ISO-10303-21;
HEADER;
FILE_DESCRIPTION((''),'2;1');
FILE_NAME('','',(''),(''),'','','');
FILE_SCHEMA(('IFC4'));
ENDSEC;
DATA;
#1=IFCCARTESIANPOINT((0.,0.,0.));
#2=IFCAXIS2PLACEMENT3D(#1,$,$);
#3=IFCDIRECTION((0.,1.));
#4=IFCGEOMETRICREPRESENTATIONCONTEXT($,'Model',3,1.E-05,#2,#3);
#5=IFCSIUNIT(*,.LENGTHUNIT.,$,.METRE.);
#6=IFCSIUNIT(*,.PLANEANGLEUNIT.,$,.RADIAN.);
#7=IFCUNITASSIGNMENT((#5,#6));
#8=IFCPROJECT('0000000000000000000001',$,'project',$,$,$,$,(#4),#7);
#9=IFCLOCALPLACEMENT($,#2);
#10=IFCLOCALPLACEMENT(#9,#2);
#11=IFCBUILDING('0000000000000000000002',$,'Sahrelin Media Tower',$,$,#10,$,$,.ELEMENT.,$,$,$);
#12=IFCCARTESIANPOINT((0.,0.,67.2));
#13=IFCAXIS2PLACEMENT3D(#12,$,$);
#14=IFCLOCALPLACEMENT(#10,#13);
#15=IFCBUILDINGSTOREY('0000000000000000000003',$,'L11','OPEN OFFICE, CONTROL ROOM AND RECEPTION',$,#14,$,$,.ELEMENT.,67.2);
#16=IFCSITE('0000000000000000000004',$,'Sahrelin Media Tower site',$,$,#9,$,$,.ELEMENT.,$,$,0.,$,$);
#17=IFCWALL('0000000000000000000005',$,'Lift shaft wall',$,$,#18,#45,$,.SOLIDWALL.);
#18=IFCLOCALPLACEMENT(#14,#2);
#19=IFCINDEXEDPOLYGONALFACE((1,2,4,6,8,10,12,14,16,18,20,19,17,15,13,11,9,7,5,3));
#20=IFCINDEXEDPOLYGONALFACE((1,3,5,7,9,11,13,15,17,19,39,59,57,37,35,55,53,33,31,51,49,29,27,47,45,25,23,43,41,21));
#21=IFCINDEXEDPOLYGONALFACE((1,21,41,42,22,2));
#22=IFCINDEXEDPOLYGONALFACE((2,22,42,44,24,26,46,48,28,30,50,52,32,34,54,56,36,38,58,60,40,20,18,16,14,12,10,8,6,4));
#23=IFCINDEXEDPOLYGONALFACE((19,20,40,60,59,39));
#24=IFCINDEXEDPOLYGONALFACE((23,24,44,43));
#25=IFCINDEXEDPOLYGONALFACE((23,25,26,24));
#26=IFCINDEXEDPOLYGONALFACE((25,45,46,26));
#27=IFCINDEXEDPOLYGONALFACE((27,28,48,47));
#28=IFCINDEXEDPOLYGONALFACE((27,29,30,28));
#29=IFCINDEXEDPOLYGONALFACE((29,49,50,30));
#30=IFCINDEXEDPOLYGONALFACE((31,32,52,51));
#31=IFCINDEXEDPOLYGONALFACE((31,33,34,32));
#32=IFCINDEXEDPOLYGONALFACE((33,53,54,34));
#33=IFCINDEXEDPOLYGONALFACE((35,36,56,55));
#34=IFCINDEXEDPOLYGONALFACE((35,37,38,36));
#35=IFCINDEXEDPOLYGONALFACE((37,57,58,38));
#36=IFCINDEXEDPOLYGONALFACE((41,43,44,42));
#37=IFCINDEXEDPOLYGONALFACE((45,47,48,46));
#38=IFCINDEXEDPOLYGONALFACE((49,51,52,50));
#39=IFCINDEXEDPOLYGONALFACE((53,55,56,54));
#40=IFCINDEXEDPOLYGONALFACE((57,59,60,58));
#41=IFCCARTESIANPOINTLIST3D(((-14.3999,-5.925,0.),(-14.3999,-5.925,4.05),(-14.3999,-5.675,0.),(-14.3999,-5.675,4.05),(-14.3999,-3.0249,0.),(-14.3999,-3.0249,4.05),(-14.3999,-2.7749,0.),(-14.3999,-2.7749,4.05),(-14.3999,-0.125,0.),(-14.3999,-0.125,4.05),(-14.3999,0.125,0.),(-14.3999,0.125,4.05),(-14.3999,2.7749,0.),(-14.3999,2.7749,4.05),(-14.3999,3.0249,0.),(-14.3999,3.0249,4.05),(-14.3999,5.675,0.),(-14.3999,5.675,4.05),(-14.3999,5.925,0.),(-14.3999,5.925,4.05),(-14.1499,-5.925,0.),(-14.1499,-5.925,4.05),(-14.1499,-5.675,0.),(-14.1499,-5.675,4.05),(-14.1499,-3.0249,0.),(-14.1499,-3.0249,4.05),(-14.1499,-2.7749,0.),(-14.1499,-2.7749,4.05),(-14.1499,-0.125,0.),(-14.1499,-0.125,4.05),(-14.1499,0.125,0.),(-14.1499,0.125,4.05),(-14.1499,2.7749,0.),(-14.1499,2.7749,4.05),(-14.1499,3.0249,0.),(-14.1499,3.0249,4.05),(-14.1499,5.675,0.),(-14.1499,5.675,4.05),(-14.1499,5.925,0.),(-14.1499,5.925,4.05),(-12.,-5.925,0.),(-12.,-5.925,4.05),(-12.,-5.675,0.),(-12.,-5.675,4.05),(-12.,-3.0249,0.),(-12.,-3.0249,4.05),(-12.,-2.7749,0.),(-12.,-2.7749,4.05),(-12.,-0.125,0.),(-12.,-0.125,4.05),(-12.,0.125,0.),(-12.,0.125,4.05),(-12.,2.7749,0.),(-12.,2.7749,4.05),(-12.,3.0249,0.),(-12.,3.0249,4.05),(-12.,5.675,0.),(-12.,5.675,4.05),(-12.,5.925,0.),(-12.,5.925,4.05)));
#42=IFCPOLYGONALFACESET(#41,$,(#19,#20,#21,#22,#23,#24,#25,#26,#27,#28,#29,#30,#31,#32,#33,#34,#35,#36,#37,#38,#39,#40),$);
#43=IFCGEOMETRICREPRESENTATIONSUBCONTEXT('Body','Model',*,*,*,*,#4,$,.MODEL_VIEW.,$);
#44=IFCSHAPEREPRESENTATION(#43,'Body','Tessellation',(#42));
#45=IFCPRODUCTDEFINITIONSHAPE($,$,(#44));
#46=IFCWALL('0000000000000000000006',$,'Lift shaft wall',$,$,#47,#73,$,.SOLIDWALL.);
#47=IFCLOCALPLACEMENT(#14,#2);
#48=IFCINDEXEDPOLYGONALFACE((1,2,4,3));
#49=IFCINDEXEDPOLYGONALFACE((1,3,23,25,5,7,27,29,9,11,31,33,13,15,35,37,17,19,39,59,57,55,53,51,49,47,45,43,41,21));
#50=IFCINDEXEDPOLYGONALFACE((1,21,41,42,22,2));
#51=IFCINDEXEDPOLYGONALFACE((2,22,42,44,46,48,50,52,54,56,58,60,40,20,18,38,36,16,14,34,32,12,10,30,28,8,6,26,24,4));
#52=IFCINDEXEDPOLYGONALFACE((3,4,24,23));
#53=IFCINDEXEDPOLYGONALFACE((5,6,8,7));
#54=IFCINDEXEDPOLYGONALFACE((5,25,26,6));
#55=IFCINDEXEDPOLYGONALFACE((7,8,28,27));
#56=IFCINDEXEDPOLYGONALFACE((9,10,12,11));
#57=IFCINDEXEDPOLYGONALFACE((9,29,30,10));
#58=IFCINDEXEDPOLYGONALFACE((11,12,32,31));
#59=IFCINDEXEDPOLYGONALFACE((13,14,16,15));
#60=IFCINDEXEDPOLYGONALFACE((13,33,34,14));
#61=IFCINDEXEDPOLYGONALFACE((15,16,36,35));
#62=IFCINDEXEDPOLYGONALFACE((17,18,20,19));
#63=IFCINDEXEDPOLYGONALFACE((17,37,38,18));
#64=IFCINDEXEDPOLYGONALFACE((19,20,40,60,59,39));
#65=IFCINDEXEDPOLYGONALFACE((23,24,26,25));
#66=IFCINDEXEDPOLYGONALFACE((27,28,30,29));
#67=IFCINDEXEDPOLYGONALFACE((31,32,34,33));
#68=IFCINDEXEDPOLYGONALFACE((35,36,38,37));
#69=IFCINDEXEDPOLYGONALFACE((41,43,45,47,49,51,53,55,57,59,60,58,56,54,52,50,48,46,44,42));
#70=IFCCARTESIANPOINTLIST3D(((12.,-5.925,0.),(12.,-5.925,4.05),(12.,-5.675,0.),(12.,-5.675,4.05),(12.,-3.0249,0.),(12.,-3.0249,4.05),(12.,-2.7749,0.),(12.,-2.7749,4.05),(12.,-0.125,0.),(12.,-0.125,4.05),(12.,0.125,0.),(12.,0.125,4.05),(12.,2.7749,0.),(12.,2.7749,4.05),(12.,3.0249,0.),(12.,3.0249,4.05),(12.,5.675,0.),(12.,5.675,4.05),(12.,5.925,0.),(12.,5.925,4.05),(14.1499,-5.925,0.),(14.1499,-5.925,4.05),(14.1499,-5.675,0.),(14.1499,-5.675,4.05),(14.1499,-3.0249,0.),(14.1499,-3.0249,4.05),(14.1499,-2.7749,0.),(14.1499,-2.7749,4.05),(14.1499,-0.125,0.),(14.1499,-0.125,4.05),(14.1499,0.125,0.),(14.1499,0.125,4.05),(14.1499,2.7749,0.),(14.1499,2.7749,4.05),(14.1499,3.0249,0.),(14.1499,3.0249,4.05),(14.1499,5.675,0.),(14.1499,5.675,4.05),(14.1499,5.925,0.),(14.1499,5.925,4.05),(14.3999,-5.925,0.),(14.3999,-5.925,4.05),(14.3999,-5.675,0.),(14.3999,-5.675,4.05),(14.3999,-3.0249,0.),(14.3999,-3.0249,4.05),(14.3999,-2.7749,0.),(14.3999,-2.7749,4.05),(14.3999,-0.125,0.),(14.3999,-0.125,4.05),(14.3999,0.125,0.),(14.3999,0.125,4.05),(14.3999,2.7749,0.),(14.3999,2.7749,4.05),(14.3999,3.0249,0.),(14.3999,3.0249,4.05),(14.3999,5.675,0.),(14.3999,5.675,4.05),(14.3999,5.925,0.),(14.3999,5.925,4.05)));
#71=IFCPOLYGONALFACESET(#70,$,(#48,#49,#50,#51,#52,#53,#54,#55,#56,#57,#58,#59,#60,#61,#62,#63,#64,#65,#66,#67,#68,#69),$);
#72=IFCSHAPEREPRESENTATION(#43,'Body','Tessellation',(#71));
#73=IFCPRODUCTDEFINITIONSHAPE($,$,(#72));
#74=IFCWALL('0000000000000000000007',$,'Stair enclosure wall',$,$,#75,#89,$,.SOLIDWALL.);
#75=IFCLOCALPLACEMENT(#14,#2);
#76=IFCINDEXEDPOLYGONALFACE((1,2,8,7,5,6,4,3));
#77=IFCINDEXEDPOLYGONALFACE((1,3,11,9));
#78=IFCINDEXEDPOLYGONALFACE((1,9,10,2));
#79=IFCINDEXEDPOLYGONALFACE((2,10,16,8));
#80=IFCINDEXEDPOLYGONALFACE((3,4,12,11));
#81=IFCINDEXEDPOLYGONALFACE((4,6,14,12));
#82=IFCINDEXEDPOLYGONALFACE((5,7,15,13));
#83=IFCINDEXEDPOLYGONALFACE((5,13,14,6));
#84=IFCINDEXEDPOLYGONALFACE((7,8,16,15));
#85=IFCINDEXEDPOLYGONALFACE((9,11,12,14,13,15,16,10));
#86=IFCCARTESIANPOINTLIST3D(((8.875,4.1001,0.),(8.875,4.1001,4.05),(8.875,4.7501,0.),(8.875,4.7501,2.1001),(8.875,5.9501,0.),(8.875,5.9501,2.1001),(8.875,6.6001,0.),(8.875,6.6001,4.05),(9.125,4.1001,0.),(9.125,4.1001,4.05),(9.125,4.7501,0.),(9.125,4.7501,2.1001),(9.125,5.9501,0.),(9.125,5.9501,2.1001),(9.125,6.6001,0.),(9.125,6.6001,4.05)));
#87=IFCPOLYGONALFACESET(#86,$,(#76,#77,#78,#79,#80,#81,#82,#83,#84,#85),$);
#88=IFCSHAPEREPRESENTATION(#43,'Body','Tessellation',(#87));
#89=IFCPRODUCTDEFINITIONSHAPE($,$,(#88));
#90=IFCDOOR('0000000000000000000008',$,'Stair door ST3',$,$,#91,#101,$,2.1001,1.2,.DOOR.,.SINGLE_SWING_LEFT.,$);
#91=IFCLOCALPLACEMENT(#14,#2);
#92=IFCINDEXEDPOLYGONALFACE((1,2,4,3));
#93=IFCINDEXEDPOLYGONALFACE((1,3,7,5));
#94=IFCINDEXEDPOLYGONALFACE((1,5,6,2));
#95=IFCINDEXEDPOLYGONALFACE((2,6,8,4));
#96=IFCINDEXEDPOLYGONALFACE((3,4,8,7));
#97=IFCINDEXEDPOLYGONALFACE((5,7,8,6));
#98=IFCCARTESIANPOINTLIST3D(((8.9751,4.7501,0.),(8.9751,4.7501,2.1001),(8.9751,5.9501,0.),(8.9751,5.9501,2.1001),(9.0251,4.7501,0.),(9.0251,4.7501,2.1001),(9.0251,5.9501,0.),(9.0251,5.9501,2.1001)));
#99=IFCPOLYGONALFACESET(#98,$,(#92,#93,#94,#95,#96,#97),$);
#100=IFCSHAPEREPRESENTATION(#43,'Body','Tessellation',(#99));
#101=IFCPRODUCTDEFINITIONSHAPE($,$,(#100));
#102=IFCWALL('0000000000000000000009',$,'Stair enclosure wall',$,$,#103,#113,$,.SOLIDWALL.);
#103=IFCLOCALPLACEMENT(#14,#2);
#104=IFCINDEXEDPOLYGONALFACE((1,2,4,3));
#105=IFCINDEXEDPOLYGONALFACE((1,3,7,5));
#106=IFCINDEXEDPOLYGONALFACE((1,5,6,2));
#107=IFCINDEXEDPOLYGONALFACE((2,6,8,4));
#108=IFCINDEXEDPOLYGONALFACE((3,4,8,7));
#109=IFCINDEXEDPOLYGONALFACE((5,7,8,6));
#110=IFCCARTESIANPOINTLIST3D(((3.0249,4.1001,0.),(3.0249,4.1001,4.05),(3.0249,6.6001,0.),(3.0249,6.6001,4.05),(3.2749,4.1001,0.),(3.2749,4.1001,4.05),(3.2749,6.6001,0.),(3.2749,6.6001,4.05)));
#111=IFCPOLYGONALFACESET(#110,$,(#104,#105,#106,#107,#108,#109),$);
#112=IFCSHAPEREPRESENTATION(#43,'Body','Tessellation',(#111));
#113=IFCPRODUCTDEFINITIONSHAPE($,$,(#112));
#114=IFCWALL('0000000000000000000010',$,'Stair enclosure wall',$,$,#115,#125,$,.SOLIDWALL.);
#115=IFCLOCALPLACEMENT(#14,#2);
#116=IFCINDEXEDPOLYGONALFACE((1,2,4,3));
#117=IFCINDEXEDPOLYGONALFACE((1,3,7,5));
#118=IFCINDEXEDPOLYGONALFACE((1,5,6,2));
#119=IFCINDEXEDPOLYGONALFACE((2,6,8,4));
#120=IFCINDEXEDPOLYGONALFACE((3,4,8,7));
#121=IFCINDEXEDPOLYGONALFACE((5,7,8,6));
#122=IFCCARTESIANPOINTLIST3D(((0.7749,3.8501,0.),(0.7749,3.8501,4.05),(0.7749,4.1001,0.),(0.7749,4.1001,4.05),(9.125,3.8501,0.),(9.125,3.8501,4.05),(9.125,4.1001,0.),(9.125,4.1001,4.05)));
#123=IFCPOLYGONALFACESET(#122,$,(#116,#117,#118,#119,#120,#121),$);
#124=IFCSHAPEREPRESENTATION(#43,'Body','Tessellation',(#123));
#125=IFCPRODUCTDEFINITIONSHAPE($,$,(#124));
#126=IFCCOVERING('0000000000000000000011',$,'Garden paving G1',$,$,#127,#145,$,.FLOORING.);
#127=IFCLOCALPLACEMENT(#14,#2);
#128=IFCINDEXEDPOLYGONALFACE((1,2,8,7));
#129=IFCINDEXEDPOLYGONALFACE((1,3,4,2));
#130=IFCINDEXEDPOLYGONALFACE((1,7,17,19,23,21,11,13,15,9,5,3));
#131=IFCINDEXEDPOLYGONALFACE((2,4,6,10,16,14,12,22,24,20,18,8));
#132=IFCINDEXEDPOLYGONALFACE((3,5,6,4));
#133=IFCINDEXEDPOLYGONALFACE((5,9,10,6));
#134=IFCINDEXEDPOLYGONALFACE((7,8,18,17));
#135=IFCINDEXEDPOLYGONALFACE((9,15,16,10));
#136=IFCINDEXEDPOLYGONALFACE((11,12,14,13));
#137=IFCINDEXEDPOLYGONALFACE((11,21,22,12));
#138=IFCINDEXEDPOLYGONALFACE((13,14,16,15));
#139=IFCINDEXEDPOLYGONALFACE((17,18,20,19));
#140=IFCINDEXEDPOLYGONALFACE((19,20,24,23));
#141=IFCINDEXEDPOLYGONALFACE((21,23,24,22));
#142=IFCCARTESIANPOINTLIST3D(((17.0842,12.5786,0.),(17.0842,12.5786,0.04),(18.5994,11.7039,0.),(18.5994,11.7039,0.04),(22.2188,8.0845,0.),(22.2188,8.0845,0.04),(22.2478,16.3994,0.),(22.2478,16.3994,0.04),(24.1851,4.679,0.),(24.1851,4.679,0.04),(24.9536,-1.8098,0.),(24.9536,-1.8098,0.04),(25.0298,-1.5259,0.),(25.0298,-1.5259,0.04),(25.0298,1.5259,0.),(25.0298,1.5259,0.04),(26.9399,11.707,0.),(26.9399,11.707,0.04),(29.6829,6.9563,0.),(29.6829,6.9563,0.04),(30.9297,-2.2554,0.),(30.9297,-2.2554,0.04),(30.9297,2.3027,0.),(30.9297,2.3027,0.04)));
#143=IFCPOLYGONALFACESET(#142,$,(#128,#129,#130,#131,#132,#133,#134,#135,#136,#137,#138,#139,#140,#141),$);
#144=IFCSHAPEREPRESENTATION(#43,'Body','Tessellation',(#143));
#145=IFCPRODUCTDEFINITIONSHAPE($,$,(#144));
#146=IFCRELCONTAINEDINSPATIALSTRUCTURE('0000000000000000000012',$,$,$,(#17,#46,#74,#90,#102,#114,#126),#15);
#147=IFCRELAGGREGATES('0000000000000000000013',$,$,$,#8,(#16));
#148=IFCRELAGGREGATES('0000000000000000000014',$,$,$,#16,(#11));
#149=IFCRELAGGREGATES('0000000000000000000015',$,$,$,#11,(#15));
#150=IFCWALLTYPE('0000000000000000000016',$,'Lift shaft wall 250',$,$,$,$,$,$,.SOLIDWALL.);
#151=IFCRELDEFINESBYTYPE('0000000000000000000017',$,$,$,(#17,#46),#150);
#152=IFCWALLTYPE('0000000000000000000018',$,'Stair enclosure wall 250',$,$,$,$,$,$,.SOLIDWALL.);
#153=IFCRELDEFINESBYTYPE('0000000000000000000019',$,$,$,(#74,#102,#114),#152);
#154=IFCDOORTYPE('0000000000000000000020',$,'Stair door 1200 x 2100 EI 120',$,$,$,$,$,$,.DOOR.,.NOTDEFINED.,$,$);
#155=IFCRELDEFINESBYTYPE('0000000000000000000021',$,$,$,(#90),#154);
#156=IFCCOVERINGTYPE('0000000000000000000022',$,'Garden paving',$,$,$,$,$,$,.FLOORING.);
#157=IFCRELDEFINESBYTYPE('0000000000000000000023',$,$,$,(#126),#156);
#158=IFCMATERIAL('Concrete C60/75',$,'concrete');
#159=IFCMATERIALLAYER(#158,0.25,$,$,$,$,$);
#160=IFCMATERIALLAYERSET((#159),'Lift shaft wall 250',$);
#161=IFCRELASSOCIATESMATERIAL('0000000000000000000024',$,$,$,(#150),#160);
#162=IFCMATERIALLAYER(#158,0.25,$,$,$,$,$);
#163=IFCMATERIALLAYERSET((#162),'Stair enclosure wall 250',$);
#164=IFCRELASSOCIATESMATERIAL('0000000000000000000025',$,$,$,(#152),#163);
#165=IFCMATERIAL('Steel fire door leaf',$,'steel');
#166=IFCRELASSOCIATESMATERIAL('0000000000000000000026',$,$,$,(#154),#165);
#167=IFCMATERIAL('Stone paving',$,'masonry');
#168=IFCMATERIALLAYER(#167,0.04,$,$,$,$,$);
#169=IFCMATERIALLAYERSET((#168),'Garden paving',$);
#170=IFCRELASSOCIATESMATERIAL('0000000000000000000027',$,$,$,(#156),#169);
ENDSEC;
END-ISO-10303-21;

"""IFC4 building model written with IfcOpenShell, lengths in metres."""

from ifc_helpers import new_model, si_unit, direction, frame, frame_2d, origin, place, context, subcontext, project, spatial, polyline, rectangle, outline, extrude, material, layer, layer_set, type_object, element, fill, save


model = new_model("IFC4")

# Units and contexts
model_context = context("Model", 3, precision=1e-05, world=origin(), true_north=direction((0.0, 1.0)))
body_context = subcontext(model_context, "Body", "Model", "MODEL_VIEW")
ifc_project = project(units=[si_unit("LENGTHUNIT", "METRE"), si_unit("PLANEANGLEUNIT", "RADIAN")], contexts=[model_context])

# Site, building, storey
site_placement = place(None, origin())
site = spatial("IfcSite", under=ifc_project, at=site_placement, Name="Sahrelin Media Tower site", CompositionType="ELEMENT", RefElevation=0.0)
building_placement = place(site_placement, origin())
building = spatial("IfcBuilding", under=site, at=building_placement, Name="Sahrelin Media Tower", CompositionType="ELEMENT")
storey_placement = place(building_placement, frame((0.0, 0.0, 67.2)))
storey = spatial("IfcBuildingStorey", under=building, at=storey_placement, Name="L11", Description="OPEN OFFICE, CONTROL ROOM AND RECEPTION", CompositionType="ELEMENT", Elevation=67.2)

# Shared definitions
placement_1 = place(storey_placement, origin())

# Shared definitions
ifc_material_1 = material(Name="Steel fire door leaf", Category="steel")

# Walls
ifc_material_2 = material(Name="Concrete C60/75", Category="concrete")
ifc_layer_1 = layer(ifc_material_2, 0.25)
ifc_layer_set_1 = layer_set([ifc_layer_1], Name="Lift shaft wall 250")
wall_type_1 = type_object("IfcWallType", Name="Lift shaft wall 250", PredefinedType="SOLIDWALL", material=ifc_layer_set_1)
element("IfcWall", 1, at=placement_1, inside=storey, type_object=wall_type_1, Name="Lift shaft wall", PredefinedType="SOLIDWALL", context=body_context, shape_type="SweptSolid", body=[
    extrude(outline(polyline([(-12.0, -5.925), (-12.0, -5.675), (-14.1499, -5.675), (-14.1499, -3.0249), (-12.0, -3.0249), (-12.0, -2.7749), (-14.1499, -2.7749), (-14.1499, -0.125), (-12.0, -0.125), (-12.0, 0.125), (-14.1499, 0.125), (-14.1499, 2.7749), (-12.0, 2.7749), (-12.0, 3.0249), (-14.1499, 3.0249), (-14.1499, 5.675), (-12.0, 5.675), (-12.0, 5.925), (-14.1499, 5.925), (-14.3999, 5.925), (-14.3999, 5.675), (-14.3999, 3.0249), (-14.3999, 2.7749), (-14.3999, 0.125), (-14.3999, -0.125), (-14.3999, -2.7749), (-14.3999, -3.0249), (-14.3999, -5.675), (-14.3999, -5.925), (-14.1499, -5.925), (-12.0, -5.925)])), origin(), (0.0, 0.0, 1.0), 4.05),
])
element("IfcWall", 2, at=placement_1, inside=storey, type_object=wall_type_1, Name="Lift shaft wall", PredefinedType="SOLIDWALL", context=body_context, shape_type="SweptSolid", body=[
    extrude(outline(polyline([(12.0, -5.675), (12.0, -5.925), (14.1499, -5.925), (14.3999, -5.925), (14.3999, -5.675), (14.3999, -3.0249), (14.3999, -2.7749), (14.3999, -0.125), (14.3999, 0.125), (14.3999, 2.7749), (14.3999, 3.0249), (14.3999, 5.675), (14.3999, 5.925), (14.1499, 5.925), (12.0, 5.925), (12.0, 5.675), (14.1499, 5.675), (14.1499, 3.0249), (12.0, 3.0249), (12.0, 2.7749), (14.1499, 2.7749), (14.1499, 0.125), (12.0, 0.125), (12.0, -0.125), (14.1499, -0.125), (14.1499, -2.7749), (12.0, -2.7749), (12.0, -3.0249), (14.1499, -3.0249), (14.1499, -5.675), (12.0, -5.675)])), origin(), (0.0, 0.0, 1.0), 4.05),
])

# Wall, opening, door
ifc_layer_2 = layer(ifc_material_2, 0.25)
ifc_layer_set_2 = layer_set([ifc_layer_2], Name="Stair enclosure wall 250")
wall_type_2 = type_object("IfcWallType", Name="Stair enclosure wall 250", PredefinedType="SOLIDWALL", material=ifc_layer_set_2)
wall_1_placement = place(storey_placement, frame((9.0, 4.1001, 0.0), z_axis=(0.0, 0.0, 1.0), x_axis=(0.0, 1.0, 0.0)))
wall_1 = element("IfcWall", 3, at=wall_1_placement, inside=storey, type_object=wall_type_2, Name="Stair enclosure wall", PredefinedType="SOLIDWALL", context=body_context, shape_type="SweptSolid", body=[
    extrude(rectangle(XDim=2.5, YDim=0.25, at=frame_2d((1.25, 0.0))), origin(), (0.0, 0.0, 1.0), 4.05),
])
opening_1_placement = place(wall_1_placement, frame((0.6499, 0.0, 0.0)))
opening_1 = element("IfcOpeningElement", 4, at=opening_1_placement, cuts=wall_1, PredefinedType="OPENING", context=body_context, shape_type="SweptSolid", body=[
    extrude(rectangle(XDim=1.2, YDim=2.1001, at=frame_2d((0.6001, 1.05))), frame((0.0, 0.125, 0.0), z_axis=(0.0, -1.0, 0.0), x_axis=(1.0, 0.0, 0.0)), (0.0, 0.0, 1.0), 0.25),
])
door_type_1 = type_object("IfcDoorType", Name="Stair door 1200 x 2100 EI 120", OperationType="NOTDEFINED", PredefinedType="DOOR", material=ifc_material_1)
door_1_placement = place(opening_1_placement, origin())
door_1 = element("IfcDoor", 5, at=door_1_placement, inside=storey, type_object=door_type_1, Name="Stair door ST3", OperationType="SINGLE_SWING_LEFT", OverallHeight=2.1001, OverallWidth=1.2, PredefinedType="DOOR", context=body_context, shape_type="SweptSolid", body=[
    extrude(rectangle(XDim=1.2, YDim=2.1001, at=frame_2d((0.6001, 1.05))), frame((0.0, 0.0249, 0.0), z_axis=(0.0, -1.0, 0.0), x_axis=(1.0, 0.0, 0.0)), (0.0, 0.0, 1.0), 0.05),
])
fill(opening_1, door_1)

# Walls
wall_2_placement = place(storey_placement, frame((3.1499, 4.1001, 0.0), z_axis=(0.0, 0.0, 1.0), x_axis=(0.0, 1.0, 0.0)))
element("IfcWall", 6, at=wall_2_placement, inside=storey, type_object=wall_type_2, Name="Stair enclosure wall", PredefinedType="SOLIDWALL", context=body_context, shape_type="SweptSolid", body=[
    extrude(rectangle(XDim=2.5, YDim=0.25, at=frame_2d((1.25, 0.0))), origin(), (0.0, 0.0, 1.0), 4.05),
])
wall_3_placement = place(storey_placement, frame((0.7749, 3.9751, 0.0), z_axis=(0.0, 0.0, 1.0), x_axis=(1.0, 0.0, 0.0)))
element("IfcWall", 7, at=wall_3_placement, inside=storey, type_object=wall_type_2, Name="Stair enclosure wall", PredefinedType="SOLIDWALL", context=body_context, shape_type="SweptSolid", body=[
    extrude(rectangle(XDim=8.3501, YDim=0.25, at=frame_2d((4.175, 0.0))), origin(), (0.0, 0.0, 1.0), 4.05),
])

# Covering
ifc_material_3 = material(Name="Stone paving", Category="masonry")
ifc_layer_3 = layer(ifc_material_3, 0.04)
ifc_layer_set_3 = layer_set([ifc_layer_3], Name="Garden paving")
covering_type = type_object("IfcCoveringType", Name="Garden paving", PredefinedType="FLOORING", material=ifc_layer_set_3)
element("IfcCovering", 8, at=placement_1, inside=storey, type_object=covering_type, Name="Garden paving G1", PredefinedType="FLOORING", context=body_context, shape_type="SweptSolid", body=[
    extrude(outline(polyline([(29.6829, 6.9563), (30.9297, 2.3027), (30.9297, -2.2554), (24.9536, -1.8098), (25.0298, -1.5259), (25.0298, 1.5259), (24.1851, 4.679), (22.2188, 8.0845), (18.5994, 11.7039), (17.0842, 12.5786), (22.2478, 16.3994), (26.9399, 11.707), (29.6829, 6.9563)])), origin(), (0.0, 0.0, 1.0), 0.04),
])

save(model, "model.ifc")
